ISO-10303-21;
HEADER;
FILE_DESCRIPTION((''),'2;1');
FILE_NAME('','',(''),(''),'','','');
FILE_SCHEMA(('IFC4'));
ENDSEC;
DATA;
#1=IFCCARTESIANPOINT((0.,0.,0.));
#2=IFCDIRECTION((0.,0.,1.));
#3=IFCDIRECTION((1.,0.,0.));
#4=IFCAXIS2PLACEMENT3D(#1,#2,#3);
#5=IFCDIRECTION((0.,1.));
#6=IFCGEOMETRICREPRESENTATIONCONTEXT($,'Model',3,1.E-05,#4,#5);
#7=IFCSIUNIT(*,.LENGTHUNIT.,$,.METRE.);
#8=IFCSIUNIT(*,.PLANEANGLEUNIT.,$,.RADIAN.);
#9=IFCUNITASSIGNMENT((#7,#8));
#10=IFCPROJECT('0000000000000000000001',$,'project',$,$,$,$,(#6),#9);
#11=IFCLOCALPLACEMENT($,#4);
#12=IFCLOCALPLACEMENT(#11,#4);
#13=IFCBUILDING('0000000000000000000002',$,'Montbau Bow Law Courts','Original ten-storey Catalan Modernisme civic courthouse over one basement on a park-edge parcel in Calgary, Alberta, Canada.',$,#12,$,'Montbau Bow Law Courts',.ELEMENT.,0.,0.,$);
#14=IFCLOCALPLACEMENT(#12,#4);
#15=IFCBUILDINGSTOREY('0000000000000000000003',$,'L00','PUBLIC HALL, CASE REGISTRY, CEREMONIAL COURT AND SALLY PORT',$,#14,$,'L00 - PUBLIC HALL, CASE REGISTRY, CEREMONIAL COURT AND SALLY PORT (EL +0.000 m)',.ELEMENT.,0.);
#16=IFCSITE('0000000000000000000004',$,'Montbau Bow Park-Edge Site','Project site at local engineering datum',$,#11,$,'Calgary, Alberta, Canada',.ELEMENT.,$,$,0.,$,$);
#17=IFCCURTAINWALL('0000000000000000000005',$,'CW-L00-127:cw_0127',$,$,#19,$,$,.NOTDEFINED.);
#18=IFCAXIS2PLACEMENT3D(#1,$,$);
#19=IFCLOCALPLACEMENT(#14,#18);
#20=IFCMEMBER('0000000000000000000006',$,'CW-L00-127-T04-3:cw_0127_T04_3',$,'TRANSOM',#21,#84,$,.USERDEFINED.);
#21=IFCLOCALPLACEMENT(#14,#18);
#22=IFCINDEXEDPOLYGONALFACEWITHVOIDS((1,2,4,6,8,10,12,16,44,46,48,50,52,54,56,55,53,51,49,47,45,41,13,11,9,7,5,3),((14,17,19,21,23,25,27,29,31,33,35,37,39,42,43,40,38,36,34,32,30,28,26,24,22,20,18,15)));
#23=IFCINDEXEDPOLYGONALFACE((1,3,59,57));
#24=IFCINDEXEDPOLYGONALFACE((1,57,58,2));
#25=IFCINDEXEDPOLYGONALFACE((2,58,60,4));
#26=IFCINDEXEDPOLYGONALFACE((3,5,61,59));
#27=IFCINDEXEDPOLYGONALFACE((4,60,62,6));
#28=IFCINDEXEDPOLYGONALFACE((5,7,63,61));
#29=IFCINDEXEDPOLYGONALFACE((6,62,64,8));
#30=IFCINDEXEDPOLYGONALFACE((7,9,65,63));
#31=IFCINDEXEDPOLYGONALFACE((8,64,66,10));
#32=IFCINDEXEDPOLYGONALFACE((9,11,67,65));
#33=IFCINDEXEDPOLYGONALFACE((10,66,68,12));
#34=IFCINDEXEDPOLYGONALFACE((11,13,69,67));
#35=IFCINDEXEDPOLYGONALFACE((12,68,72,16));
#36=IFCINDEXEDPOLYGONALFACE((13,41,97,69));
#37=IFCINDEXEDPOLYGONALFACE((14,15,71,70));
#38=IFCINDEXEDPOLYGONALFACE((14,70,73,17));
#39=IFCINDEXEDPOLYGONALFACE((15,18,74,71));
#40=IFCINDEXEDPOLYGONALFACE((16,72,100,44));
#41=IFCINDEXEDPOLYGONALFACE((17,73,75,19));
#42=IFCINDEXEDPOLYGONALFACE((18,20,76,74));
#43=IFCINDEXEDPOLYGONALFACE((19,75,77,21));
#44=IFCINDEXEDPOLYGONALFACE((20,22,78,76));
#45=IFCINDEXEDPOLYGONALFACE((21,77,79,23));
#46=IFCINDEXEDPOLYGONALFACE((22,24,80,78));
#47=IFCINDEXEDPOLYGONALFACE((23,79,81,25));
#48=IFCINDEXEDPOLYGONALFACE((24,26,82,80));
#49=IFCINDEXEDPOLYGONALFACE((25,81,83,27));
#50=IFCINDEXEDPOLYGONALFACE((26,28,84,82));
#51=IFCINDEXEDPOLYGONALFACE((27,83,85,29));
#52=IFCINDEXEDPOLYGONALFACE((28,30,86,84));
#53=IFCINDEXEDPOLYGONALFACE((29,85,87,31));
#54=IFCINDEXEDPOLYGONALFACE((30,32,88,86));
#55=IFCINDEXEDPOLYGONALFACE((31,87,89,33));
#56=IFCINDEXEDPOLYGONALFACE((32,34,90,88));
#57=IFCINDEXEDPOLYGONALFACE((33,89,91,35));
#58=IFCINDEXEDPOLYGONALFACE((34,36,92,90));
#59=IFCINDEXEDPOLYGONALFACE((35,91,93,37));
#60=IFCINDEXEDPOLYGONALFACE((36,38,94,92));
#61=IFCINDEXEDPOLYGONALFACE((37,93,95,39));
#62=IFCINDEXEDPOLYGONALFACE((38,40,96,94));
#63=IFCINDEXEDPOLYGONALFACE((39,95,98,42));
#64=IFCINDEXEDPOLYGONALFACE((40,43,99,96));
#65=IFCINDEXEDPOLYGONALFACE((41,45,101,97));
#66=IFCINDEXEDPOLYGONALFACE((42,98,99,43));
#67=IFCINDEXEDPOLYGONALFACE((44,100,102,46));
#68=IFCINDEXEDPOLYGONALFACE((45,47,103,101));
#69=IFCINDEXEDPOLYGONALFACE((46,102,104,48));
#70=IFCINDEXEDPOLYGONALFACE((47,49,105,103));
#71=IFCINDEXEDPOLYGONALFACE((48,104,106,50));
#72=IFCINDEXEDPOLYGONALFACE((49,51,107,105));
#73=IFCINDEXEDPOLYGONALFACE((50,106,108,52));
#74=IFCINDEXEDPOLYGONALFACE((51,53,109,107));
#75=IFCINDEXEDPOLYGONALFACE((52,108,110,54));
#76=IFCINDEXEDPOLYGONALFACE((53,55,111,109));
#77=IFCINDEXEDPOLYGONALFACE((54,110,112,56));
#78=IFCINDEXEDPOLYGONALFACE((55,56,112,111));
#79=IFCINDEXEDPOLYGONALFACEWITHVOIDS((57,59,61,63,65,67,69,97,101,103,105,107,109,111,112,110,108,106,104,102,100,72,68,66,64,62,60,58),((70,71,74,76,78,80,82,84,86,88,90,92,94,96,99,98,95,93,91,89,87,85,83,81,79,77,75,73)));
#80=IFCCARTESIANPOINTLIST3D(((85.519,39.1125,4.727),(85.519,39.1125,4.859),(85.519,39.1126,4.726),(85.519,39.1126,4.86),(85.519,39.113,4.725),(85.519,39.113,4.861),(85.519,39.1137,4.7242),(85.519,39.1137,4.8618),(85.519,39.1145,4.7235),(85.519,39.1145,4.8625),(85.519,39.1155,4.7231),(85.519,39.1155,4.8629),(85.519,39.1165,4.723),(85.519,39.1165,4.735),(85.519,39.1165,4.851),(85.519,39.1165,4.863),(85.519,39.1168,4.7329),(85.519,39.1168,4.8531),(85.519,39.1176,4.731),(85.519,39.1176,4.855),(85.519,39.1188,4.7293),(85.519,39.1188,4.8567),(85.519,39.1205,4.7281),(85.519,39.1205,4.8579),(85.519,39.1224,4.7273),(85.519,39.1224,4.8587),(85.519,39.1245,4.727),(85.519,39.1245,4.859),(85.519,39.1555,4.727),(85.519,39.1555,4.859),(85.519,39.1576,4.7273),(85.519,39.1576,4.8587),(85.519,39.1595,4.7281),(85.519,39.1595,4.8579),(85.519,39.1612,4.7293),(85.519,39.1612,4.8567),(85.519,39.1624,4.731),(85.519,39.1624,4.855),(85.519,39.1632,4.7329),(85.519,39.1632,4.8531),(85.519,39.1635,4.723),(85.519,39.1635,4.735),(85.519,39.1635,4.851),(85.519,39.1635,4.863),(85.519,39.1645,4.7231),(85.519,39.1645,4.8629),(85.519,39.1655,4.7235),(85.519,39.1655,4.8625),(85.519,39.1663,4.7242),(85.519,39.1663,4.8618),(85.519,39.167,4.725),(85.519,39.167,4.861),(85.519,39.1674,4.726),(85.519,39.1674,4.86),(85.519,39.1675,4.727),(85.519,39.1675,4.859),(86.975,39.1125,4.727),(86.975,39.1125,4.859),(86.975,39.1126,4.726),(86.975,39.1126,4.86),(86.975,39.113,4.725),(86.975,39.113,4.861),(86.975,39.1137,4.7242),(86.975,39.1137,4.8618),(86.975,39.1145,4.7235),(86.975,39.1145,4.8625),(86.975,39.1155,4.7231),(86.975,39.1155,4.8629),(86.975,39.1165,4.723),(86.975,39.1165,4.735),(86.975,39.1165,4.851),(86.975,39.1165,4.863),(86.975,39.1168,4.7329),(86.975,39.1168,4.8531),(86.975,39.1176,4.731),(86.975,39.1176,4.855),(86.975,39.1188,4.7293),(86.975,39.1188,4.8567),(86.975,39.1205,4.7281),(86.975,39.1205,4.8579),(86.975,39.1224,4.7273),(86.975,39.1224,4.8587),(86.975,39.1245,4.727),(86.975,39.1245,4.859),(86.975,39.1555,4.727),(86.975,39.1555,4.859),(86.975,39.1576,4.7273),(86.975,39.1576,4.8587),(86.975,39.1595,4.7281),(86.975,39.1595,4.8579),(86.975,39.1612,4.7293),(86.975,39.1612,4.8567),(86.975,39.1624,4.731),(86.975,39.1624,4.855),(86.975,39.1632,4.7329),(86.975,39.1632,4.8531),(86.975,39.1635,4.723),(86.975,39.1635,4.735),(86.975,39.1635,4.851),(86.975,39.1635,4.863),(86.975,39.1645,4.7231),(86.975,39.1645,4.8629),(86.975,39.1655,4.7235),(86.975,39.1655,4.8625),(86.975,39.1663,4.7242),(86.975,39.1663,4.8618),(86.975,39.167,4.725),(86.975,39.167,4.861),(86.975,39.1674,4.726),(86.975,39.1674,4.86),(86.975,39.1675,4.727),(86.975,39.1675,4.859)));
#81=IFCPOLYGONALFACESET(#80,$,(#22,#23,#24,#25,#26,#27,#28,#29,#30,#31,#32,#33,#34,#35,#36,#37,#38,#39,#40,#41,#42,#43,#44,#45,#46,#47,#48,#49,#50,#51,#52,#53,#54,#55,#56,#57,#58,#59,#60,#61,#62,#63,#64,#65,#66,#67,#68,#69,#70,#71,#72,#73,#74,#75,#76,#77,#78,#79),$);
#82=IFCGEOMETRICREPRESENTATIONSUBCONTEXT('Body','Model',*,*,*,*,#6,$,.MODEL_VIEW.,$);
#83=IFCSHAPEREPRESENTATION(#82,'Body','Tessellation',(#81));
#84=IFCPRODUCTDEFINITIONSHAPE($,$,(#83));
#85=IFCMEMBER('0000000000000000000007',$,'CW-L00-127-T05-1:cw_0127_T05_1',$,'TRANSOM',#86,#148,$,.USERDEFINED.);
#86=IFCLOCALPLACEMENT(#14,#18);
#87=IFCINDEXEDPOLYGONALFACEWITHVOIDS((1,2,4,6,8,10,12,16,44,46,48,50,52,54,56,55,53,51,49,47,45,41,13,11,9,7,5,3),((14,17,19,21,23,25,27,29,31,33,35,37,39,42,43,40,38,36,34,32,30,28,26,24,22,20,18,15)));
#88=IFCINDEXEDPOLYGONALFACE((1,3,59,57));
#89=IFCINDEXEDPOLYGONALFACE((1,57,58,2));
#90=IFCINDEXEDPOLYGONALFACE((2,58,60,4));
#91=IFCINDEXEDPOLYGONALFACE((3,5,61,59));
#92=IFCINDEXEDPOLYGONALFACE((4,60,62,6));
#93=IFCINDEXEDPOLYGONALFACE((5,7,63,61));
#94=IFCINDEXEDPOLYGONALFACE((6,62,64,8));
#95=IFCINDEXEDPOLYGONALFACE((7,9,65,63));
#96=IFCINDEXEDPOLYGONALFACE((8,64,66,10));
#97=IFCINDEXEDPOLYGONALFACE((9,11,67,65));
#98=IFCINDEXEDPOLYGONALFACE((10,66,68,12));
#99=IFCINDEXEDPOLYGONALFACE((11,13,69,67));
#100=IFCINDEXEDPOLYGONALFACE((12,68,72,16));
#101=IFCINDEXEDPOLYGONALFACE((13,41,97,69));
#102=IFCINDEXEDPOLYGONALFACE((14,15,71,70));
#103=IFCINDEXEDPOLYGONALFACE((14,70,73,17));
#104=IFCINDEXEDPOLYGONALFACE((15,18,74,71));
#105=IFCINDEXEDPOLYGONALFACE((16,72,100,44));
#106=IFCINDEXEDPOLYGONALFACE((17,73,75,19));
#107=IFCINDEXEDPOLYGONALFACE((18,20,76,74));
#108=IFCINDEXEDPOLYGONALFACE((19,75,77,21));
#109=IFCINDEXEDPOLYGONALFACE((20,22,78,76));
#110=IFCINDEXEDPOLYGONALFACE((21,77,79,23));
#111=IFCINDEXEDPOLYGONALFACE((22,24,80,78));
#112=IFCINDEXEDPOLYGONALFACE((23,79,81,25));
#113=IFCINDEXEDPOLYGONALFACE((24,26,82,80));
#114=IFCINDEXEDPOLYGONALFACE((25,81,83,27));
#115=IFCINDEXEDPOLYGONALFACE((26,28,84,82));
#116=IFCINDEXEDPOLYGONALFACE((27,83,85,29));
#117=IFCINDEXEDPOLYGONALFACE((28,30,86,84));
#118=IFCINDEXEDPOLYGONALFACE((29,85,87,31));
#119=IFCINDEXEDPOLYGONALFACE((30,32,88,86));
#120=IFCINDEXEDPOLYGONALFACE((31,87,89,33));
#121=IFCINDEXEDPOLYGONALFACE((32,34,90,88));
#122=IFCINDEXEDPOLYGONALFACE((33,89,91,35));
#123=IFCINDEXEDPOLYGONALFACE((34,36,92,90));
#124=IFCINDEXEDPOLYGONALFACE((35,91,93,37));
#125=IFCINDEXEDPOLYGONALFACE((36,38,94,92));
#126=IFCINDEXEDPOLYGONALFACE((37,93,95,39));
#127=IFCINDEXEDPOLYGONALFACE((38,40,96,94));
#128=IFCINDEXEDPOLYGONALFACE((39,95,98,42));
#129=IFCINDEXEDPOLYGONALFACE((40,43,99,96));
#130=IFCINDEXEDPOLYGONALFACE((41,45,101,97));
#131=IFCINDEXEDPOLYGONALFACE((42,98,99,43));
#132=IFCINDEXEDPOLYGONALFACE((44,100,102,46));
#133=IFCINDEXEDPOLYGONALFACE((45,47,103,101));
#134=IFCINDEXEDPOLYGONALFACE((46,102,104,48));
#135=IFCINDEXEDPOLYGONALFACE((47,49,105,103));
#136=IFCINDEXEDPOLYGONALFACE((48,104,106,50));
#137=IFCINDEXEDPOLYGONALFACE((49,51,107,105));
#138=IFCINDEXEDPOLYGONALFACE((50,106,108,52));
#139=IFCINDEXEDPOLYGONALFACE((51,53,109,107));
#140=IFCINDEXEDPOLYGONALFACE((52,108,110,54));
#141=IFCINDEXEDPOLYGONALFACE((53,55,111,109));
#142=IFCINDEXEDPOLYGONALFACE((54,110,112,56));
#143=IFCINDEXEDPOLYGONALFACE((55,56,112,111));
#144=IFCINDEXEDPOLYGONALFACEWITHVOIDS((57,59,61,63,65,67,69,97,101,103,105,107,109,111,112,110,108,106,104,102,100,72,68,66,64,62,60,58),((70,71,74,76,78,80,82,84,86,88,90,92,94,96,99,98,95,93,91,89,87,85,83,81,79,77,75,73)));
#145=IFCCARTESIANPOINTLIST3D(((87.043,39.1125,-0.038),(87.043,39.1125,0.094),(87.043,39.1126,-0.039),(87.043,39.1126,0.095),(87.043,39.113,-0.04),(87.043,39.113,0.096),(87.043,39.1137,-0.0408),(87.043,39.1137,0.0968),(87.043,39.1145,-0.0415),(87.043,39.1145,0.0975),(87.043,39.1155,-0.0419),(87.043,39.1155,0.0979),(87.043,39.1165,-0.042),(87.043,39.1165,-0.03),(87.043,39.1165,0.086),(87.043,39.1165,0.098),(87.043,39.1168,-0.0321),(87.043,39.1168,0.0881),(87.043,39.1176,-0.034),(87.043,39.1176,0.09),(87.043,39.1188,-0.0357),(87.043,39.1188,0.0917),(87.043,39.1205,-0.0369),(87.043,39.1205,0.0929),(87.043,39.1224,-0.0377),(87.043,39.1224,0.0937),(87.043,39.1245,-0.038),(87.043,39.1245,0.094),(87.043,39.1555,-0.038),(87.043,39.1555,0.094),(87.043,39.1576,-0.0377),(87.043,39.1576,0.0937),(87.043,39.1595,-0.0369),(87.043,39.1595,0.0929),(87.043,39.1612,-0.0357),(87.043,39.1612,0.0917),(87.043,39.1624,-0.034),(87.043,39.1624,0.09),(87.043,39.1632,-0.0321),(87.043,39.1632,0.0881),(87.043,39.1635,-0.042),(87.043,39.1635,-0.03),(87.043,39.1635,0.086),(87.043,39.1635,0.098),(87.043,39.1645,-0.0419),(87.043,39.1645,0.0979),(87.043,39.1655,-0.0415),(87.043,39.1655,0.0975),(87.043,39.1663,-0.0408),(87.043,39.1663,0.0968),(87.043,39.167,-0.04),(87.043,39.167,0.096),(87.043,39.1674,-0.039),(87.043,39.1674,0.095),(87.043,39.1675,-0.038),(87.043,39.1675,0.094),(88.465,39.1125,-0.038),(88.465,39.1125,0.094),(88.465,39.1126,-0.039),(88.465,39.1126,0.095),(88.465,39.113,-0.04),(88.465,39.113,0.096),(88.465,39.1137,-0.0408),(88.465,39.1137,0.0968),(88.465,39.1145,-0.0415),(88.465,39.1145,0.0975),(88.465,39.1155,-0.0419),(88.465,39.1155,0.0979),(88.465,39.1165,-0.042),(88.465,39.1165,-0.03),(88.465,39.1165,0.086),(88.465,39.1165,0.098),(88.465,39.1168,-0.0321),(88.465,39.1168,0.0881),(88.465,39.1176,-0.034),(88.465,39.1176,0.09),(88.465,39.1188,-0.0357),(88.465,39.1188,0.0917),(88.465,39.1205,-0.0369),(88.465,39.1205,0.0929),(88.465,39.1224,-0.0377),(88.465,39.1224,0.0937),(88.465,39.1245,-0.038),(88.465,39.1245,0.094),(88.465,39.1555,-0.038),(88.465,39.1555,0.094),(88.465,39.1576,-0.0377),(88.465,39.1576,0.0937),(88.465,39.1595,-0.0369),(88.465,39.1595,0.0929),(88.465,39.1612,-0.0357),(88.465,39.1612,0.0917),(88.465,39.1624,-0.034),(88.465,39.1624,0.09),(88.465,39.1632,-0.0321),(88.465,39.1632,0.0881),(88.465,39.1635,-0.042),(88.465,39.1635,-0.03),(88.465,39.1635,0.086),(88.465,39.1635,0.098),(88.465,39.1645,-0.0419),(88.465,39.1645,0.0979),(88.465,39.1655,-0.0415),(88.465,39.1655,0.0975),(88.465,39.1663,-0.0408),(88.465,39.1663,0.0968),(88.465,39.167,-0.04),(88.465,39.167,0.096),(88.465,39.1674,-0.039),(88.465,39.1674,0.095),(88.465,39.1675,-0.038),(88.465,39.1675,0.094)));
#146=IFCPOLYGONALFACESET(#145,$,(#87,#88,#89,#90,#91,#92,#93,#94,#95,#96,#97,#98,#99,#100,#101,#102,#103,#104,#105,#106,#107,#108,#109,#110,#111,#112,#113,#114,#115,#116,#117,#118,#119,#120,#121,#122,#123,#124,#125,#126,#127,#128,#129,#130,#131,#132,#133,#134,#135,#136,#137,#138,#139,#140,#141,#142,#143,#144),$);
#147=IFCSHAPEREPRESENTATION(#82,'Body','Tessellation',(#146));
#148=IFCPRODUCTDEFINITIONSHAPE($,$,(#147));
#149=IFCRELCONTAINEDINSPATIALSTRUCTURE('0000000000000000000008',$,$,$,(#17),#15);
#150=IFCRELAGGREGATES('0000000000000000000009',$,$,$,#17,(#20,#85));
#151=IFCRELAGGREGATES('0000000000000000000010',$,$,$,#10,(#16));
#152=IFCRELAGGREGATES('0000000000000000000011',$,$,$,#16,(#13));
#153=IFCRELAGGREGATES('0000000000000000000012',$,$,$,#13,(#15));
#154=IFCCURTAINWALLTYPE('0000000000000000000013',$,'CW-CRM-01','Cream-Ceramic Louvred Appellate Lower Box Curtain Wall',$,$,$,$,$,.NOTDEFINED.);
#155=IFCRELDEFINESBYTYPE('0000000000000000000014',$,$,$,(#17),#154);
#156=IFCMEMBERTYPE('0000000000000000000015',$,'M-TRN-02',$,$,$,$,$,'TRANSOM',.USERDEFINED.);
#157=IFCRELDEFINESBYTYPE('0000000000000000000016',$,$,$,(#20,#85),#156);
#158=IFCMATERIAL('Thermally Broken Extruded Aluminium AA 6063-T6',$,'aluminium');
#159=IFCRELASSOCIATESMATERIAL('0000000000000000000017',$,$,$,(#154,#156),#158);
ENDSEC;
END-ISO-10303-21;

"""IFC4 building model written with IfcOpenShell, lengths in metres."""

from ifc_helpers import new_model, si_unit, direction, frame, origin_with_axes, origin_2d_with_axis, place, context, subcontext, project, spatial, hollow_rectangle, extrude, material, material_profile, profile_set, type_object, element, aggregate, save


model = new_model("IFC4")

# Units and contexts
model_context = context("Model", 3, precision=1e-05, world=origin_with_axes(), true_north=direction((0.0, 1.0)))
body_context = subcontext(model_context, "Body", "Model", "MODEL_VIEW")
ifc_project = project(units=[si_unit("LENGTHUNIT", "METRE"), si_unit("PLANEANGLEUNIT", "RADIAN")], contexts=[model_context])

# Site, building, storey
site_placement = place(None, origin_with_axes())
site = spatial("IfcSite", under=ifc_project, at=site_placement, Name="Montbau Bow Park-Edge Site", Description="Project site at local engineering datum", LongName="Calgary, Alberta, Canada", CompositionType="ELEMENT", RefElevation=0.0)
building_placement = place(site_placement, origin_with_axes())
building = spatial("IfcBuilding", under=site, at=building_placement, Name="Montbau Bow Law Courts", Description="Original ten-storey Catalan Modernisme civic courthouse over one basement on a park-edge parcel in Calgary, Alberta, Canada.", LongName="Montbau Bow Law Courts", CompositionType="ELEMENT", ElevationOfRefHeight=0.0, ElevationOfTerrain=0.0)
storey_placement = place(building_placement, origin_with_axes())
storey = spatial("IfcBuildingStorey", under=building, at=storey_placement, Name="L00", Description="PUBLIC HALL, CASE REGISTRY, CEREMONIAL COURT AND SALLY PORT", LongName="L00 - PUBLIC HALL, CASE REGISTRY, CEREMONIAL COURT AND SALLY PORT (EL +0.000 m)", CompositionType="ELEMENT", Elevation=0.0)

# Curtain wall
ifc_material_1 = material(Name="Thermally Broken Extruded Aluminium AA 6063-T6", Category="aluminium")
curtain_wall_type = type_object("IfcCurtainWallType", Name="CW-CRM-01", Description="Cream-Ceramic Louvred Appellate Lower Box Curtain Wall", PredefinedType="NOTDEFINED", material=ifc_material_1)
curtain_wall_1_placement = place(None, frame((80.915, 39.14, 0.0), z_axis=(0.0, 0.0, 1.0), x_axis=(1.0, 0.0, 0.0)))
curtain_wall_1 = element("IfcCurtainWall", 1, at=curtain_wall_1_placement, inside=storey, type_object=curtain_wall_type, Name="CW-L00-127:cw_0127", PredefinedType="NOTDEFINED")

# Members
ifc_material_profile_1 = material_profile(ifc_material_1, hollow_rectangle(XDim=0.055, YDim=0.14, WallThickness=0.004, InnerFilletRadius=0.008, OuterFilletRadius=0.004, at=origin_2d_with_axis()), Name="CWT-140X55", Category="Main", Priority=0)
ifc_profile_set_1 = profile_set([ifc_material_profile_1], Name="Thermally Broken Extruded Aluminium AA 6063-T6")
member_type_1 = type_object("IfcMemberType", Name="M-TRN-02", ElementType="TRANSOM", PredefinedType="USERDEFINED", material=ifc_profile_set_1)
member_1_placement = place(None, frame((85.519, 39.14, 4.793), z_axis=(1.0, 0.0, 0.0), x_axis=(0.0, 1.0, 0.0)))
member_1 = element("IfcMember", 2, at=member_1_placement, type_object=member_type_1, Name="CW-L00-127-T04-3:cw_0127_T04_3", ObjectType="TRANSOM", PredefinedType="USERDEFINED", context=body_context, shape_type="SweptSolid", body=[
    extrude(hollow_rectangle(XDim=0.055, YDim=0.14, WallThickness=0.004, InnerFilletRadius=0.008, OuterFilletRadius=0.004, at=origin_2d_with_axis()), origin_with_axes(), (0.0, 0.0, 1.0), 1.456),
])
member_2_placement = place(None, frame((87.043, 39.14, 0.028), z_axis=(1.0, 0.0, 0.0), x_axis=(0.0, 1.0, 0.0)))
member_2 = element("IfcMember", 3, at=member_2_placement, type_object=member_type_1, Name="CW-L00-127-T05-1:cw_0127_T05_1", ObjectType="TRANSOM", PredefinedType="USERDEFINED", context=body_context, shape_type="SweptSolid", body=[
    extrude(hollow_rectangle(XDim=0.055, YDim=0.14, WallThickness=0.004, InnerFilletRadius=0.008, OuterFilletRadius=0.004, at=origin_2d_with_axis()), origin_with_axes(), (0.0, 0.0, 1.0), 1.422),
])

aggregate(curtain_wall_1, [member_1, member_2])

save(model, "model.ifc")
